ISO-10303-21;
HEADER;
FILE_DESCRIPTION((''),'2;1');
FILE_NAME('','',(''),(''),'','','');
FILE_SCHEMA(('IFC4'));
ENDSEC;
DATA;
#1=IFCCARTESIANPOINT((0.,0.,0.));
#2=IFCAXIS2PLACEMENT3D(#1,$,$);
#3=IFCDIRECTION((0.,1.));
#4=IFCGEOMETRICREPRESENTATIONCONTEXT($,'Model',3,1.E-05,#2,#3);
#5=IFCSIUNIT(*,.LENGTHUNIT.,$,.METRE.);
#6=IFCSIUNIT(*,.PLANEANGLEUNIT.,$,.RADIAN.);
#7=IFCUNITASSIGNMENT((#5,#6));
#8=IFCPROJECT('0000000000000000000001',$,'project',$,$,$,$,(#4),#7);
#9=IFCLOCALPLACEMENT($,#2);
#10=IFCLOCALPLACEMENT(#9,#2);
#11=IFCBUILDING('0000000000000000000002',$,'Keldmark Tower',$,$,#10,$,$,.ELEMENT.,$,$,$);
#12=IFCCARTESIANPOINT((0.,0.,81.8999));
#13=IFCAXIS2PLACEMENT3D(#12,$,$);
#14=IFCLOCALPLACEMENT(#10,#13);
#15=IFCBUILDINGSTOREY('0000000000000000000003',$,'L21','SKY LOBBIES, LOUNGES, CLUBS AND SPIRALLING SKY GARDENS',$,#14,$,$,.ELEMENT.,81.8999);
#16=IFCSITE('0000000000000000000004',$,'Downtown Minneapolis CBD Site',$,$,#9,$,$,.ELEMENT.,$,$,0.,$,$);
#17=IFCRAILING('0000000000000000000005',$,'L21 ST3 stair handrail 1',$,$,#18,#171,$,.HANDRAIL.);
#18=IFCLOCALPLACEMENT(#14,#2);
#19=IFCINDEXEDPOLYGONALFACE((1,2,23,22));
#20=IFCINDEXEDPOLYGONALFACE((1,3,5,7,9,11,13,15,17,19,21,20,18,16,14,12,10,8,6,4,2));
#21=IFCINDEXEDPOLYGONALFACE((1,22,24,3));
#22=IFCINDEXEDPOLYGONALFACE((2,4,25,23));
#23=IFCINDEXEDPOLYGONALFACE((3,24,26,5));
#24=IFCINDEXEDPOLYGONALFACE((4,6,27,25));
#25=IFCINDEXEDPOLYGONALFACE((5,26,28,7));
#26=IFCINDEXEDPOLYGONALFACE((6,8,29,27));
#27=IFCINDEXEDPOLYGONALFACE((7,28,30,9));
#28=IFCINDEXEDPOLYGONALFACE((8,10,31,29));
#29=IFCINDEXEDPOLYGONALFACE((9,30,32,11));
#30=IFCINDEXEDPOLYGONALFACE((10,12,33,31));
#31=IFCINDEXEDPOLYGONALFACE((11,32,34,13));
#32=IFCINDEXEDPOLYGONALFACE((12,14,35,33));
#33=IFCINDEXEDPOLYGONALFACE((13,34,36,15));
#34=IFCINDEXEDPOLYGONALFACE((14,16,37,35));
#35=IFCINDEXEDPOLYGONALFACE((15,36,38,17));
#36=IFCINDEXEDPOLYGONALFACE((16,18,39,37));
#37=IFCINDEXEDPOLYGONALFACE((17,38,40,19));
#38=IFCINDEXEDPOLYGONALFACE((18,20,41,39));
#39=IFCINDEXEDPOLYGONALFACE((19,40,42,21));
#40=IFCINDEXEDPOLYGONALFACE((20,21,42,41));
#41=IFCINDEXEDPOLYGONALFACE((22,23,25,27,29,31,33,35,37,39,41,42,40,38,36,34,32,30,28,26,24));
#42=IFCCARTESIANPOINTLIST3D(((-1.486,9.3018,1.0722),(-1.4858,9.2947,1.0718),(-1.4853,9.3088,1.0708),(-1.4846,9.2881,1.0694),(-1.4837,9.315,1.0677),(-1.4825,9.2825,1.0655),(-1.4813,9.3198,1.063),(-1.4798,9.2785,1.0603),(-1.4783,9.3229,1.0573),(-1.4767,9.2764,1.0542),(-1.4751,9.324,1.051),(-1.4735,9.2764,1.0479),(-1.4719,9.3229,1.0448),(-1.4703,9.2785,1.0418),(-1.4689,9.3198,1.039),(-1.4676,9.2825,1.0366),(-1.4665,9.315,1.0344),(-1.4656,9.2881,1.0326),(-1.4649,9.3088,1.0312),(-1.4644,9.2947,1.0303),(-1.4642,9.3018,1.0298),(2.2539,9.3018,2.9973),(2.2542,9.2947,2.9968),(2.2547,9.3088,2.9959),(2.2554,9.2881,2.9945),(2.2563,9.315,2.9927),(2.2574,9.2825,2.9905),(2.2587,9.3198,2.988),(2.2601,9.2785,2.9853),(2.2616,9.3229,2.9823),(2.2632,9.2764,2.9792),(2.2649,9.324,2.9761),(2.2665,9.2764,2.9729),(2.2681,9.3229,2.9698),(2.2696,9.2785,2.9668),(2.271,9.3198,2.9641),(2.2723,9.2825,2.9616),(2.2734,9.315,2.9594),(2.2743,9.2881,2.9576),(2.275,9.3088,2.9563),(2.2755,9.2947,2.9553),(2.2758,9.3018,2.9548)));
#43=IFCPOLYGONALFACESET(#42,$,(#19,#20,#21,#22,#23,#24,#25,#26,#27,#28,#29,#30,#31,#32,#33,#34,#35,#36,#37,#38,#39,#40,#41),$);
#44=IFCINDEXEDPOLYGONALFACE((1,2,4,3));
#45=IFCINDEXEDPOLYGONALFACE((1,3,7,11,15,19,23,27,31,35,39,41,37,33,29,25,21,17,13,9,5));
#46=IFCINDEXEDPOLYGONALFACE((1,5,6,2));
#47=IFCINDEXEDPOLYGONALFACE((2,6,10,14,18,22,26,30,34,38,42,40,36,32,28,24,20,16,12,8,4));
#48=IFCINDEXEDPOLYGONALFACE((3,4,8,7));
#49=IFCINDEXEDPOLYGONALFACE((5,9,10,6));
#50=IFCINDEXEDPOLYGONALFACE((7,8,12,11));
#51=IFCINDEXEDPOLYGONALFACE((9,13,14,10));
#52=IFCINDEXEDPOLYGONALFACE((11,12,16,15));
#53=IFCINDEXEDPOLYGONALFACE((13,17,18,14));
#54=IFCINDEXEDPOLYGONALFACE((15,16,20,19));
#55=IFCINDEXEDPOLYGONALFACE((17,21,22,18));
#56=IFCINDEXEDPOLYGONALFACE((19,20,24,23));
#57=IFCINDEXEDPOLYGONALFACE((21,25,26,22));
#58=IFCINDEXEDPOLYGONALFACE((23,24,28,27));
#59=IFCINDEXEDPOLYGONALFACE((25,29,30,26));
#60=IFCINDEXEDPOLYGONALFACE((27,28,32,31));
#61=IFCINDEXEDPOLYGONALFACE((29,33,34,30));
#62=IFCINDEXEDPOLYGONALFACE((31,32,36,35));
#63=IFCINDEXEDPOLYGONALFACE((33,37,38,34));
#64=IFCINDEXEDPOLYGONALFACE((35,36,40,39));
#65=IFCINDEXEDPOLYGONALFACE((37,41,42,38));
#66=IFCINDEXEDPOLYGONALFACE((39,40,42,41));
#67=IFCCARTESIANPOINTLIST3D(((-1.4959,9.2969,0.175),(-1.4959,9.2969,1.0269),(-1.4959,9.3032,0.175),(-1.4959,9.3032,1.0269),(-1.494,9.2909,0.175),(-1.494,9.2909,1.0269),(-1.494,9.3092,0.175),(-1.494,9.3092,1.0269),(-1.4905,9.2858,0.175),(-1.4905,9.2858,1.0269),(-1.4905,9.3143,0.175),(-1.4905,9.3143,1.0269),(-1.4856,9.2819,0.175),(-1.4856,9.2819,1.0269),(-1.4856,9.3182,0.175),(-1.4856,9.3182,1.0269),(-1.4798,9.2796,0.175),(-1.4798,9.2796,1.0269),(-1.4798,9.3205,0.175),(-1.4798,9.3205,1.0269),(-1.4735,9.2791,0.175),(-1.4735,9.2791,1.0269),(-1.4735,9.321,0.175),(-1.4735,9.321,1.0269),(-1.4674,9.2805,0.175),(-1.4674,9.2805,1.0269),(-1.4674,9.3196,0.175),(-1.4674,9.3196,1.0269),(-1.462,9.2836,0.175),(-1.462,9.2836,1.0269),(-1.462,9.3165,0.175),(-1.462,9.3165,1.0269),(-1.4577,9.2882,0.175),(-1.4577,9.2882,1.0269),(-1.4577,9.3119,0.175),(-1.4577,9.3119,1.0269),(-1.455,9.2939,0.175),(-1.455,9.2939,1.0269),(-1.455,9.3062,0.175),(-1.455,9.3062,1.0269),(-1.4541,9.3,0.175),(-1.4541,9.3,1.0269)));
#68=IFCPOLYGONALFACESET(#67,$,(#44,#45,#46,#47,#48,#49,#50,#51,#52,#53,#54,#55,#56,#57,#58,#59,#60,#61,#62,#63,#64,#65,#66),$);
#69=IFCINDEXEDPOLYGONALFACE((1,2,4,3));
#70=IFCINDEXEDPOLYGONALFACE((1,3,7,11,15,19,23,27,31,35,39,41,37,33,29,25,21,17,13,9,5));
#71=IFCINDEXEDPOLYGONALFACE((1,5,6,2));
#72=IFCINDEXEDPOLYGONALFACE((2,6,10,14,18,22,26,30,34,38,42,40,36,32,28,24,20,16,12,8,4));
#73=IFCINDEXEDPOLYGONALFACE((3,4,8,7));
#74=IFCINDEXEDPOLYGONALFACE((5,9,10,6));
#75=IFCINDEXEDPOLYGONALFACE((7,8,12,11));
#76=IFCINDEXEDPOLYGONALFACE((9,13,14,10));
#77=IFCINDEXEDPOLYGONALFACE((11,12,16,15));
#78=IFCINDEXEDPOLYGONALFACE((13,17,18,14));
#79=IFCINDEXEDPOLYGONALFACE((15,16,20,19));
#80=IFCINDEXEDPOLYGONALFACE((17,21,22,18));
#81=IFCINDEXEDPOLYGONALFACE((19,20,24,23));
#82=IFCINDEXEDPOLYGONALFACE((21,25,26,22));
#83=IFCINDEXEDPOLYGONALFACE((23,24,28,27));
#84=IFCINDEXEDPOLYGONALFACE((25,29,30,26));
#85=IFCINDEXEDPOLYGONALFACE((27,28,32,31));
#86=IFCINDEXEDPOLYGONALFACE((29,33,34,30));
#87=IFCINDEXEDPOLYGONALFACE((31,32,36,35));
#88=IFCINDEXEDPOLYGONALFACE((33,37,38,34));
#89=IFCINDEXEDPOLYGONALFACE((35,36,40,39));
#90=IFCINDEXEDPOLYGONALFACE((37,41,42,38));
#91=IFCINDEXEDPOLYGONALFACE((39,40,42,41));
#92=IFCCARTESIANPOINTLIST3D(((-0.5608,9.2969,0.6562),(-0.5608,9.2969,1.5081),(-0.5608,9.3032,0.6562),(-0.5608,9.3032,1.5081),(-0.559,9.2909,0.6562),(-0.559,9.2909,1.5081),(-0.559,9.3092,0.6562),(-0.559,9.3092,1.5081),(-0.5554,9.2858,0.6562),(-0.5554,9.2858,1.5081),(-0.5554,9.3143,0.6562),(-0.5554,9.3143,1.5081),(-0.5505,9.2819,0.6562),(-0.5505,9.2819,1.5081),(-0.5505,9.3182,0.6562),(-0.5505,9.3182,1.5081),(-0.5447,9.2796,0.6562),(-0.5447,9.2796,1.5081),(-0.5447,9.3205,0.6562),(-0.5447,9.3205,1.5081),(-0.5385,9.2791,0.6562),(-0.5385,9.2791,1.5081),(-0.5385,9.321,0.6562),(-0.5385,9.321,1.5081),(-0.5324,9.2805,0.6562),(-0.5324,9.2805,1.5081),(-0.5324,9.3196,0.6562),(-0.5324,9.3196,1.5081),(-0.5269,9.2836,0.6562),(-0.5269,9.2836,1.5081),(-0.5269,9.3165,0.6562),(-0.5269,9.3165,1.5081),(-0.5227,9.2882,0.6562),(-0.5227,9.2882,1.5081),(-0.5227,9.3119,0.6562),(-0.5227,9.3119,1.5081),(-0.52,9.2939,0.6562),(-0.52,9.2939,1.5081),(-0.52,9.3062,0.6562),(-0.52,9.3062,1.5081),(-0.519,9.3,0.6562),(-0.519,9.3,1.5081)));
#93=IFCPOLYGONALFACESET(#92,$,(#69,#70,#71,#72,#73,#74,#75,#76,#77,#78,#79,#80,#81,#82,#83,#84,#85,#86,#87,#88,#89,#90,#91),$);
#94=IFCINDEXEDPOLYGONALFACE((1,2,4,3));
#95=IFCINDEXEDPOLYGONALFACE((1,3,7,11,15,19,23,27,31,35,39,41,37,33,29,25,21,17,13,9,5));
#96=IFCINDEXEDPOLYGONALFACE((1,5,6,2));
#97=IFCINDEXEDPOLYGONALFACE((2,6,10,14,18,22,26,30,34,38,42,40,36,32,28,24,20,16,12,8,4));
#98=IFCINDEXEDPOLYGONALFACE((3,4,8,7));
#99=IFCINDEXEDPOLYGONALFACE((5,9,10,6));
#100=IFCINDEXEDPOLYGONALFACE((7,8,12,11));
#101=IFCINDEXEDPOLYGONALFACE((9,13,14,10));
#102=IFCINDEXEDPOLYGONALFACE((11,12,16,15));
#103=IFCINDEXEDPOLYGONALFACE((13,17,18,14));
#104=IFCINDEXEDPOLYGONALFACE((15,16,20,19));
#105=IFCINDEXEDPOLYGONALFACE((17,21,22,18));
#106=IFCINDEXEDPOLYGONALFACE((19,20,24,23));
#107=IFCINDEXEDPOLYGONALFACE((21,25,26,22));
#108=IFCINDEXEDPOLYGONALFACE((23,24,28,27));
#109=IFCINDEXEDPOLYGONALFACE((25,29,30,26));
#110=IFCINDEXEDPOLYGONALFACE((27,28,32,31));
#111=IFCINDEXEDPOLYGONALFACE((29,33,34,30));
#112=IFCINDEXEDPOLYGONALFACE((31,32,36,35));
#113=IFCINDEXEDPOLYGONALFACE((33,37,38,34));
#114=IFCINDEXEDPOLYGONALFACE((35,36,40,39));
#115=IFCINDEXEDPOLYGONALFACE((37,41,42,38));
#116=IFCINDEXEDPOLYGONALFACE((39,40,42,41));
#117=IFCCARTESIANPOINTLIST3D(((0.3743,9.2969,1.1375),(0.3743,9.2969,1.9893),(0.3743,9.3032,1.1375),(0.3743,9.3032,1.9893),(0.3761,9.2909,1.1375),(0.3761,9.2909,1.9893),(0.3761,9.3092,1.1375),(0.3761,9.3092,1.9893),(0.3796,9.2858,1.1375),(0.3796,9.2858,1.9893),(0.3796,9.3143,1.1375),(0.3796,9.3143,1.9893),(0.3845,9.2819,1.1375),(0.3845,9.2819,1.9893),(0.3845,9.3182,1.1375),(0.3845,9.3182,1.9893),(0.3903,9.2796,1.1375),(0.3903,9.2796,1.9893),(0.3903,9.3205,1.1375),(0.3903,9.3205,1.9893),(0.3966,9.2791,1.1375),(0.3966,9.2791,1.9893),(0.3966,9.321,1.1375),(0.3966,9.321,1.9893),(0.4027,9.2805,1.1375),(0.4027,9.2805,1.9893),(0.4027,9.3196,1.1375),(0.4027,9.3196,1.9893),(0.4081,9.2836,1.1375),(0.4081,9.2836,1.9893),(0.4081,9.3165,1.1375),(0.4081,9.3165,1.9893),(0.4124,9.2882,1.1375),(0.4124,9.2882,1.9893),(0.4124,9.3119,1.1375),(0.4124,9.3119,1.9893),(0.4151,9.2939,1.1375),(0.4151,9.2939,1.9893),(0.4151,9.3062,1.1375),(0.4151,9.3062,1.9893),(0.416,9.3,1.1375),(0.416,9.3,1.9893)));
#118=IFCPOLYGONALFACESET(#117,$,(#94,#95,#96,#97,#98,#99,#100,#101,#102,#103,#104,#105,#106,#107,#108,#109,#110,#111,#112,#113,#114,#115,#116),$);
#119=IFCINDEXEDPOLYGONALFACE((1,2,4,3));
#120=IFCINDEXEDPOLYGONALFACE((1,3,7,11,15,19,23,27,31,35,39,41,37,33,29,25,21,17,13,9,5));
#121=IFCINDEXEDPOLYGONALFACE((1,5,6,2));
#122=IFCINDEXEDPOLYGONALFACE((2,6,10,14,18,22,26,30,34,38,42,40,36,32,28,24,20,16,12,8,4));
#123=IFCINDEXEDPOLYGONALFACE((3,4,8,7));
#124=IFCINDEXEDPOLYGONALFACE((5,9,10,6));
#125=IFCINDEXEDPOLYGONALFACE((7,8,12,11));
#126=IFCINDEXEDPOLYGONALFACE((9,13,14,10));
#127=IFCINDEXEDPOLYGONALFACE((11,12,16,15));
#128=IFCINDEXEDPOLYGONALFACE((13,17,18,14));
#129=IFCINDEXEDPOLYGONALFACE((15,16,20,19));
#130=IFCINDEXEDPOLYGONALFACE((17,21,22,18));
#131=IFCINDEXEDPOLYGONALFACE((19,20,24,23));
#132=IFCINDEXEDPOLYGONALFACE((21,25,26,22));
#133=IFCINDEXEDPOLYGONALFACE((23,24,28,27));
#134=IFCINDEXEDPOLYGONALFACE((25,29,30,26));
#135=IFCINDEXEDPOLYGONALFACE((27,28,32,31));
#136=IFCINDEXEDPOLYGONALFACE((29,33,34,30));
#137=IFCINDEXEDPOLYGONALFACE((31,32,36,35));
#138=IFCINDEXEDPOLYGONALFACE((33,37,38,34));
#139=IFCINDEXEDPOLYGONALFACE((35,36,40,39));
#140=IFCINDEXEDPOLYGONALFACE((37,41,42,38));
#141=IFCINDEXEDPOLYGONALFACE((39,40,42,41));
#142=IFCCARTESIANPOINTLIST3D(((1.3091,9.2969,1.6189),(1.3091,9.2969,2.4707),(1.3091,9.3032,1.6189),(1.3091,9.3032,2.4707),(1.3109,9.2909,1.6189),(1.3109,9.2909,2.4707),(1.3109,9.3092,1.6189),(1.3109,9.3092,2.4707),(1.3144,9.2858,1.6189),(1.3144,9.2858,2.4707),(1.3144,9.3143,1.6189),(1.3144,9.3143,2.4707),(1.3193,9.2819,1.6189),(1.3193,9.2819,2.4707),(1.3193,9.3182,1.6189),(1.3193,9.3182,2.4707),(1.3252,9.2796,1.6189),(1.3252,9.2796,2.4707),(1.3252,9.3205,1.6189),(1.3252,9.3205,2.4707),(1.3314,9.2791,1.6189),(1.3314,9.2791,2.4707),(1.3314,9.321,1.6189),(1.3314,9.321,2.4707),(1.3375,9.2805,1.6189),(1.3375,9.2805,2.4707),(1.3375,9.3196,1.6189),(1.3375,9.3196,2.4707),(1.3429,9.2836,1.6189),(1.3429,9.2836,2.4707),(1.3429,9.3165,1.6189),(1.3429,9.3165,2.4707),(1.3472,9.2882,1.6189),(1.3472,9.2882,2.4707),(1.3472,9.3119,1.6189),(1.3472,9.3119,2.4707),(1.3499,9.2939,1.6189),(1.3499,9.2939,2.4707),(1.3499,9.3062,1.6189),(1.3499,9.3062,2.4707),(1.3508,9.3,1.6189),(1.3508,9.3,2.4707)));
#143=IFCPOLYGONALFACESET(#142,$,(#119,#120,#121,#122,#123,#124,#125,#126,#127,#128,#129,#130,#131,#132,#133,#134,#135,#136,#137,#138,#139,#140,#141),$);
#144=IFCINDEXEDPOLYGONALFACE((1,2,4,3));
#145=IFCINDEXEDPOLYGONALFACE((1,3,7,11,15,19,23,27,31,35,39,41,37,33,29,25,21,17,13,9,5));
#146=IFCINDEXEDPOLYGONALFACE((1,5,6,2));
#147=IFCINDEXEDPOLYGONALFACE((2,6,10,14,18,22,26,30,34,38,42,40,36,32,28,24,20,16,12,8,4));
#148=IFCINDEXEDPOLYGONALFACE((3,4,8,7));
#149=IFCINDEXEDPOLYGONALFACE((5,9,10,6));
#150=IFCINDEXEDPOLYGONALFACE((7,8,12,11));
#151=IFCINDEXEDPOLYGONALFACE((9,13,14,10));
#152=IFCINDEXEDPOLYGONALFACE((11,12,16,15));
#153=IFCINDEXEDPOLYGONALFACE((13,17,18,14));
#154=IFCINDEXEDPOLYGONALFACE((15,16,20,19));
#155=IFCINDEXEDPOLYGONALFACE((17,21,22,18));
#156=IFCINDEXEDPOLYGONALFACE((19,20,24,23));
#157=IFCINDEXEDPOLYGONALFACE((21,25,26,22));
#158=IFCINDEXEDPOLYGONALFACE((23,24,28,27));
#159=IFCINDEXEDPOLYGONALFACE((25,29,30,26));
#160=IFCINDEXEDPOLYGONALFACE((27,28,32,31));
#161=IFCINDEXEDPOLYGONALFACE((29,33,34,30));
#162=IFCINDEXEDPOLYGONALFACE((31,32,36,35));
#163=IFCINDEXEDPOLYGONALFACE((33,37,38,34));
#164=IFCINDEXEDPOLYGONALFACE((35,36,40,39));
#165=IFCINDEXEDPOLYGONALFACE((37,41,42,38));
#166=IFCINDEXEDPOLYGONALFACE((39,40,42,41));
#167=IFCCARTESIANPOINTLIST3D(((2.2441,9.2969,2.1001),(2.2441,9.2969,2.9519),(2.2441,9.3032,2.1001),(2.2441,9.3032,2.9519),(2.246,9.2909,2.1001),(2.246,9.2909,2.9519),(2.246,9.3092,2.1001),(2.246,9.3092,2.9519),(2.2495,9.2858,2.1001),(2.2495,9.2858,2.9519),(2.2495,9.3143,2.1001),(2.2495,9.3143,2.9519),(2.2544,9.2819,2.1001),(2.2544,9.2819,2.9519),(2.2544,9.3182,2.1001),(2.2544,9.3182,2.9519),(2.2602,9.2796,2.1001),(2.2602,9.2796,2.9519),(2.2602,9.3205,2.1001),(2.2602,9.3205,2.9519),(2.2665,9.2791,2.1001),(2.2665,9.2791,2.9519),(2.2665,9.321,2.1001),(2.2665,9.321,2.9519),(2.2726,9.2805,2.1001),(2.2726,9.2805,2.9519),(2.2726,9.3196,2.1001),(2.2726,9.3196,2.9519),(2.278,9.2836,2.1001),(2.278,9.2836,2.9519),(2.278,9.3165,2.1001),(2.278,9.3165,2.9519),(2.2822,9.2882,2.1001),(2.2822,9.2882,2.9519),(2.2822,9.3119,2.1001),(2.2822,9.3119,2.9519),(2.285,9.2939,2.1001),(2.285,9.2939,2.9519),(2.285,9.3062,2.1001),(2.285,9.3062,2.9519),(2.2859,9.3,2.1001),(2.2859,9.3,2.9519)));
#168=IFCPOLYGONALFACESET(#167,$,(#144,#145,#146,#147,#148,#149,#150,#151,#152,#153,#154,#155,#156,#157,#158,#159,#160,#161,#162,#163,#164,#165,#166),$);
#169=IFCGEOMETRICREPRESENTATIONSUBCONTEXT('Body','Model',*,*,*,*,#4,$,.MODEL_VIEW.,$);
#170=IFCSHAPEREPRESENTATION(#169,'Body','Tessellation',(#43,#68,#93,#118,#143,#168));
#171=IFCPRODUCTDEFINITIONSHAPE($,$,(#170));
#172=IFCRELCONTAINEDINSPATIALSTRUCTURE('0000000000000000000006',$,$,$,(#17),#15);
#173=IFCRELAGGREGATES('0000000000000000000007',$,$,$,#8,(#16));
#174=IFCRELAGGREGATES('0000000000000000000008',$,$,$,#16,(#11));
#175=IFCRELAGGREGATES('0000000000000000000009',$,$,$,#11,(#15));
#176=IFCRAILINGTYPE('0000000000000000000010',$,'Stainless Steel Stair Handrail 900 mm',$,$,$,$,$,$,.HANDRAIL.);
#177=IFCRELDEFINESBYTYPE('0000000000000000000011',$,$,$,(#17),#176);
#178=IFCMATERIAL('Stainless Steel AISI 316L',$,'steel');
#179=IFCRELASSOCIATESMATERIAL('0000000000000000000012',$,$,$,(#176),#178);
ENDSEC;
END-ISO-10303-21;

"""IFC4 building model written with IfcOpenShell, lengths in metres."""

from ifc_helpers import new_model, si_unit, direction, frame, origin, origin_2d, place, context, subcontext, project, spatial, circle, extrude, material, type_object, element, save


model = new_model("IFC4")

# Units and contexts
model_context = context("Model", 3, precision=1e-05, world=origin(), true_north=direction((0.0, 1.0)))
body_context = subcontext(model_context, "Body", "Model", "MODEL_VIEW")
ifc_project = project(units=[si_unit("LENGTHUNIT", "METRE"), si_unit("PLANEANGLEUNIT", "RADIAN")], contexts=[model_context])

# Site, building, storey
site_placement = place(None, origin())
site = spatial("IfcSite", under=ifc_project, at=site_placement, Name="Downtown Minneapolis CBD Site", CompositionType="ELEMENT", RefElevation=0.0)
building_placement = place(site_placement, origin())
building = spatial("IfcBuilding", under=site, at=building_placement, Name="Keldmark Tower", CompositionType="ELEMENT")
storey_placement = place(building_placement, frame((0.0, 0.0, 81.8999)))
storey = spatial("IfcBuildingStorey", under=building, at=storey_placement, Name="L21", Description="SKY LOBBIES, LOUNGES, CLUBS AND SPIRALLING SKY GARDENS", CompositionType="ELEMENT", Elevation=81.8999)

# Railing
ifc_material_1 = material(Name="Stainless Steel AISI 316L", Category="steel")
railing_type_1 = type_object("IfcRailingType", Name="Stainless Steel Stair Handrail 900 mm", PredefinedType="HANDRAIL", material=ifc_material_1)
railing_1_placement = place(storey_placement, frame((-1.4751, 9.3, 0.175)))
element("IfcRailing", 1, at=railing_1_placement, inside=storey, type_object=railing_type_1, Name="L21 ST3 stair handrail 1", PredefinedType="HANDRAIL", context=body_context, shape_type="SweptSolid", body=[
    extrude(circle(Radius=0.0239, at=origin_2d()), frame((0.0, 0.0, 0.876), z_axis=(0.889131, 0.0, 0.457654), x_axis=(0.0, 1.0, 0.0)), (0.0, 0.0, 1.0), 4.2063),
    extrude(circle(Radius=0.021, at=origin_2d()), origin(), (0.0, 0.0, 1.0), 0.8518),
    extrude(circle(Radius=0.021, at=origin_2d()), frame((0.9351, 0.0, 0.4812)), (0.0, 0.0, 1.0), 0.8518),
    extrude(circle(Radius=0.021, at=origin_2d()), frame((1.8701, 0.0, 0.9624)), (0.0, 0.0, 1.0), 0.8518),
    extrude(circle(Radius=0.021, at=origin_2d()), frame((2.8049, 0.0, 1.4438)), (0.0, 0.0, 1.0), 0.8518),
    extrude(circle(Radius=0.021, at=origin_2d()), frame((3.74, 0.0, 1.925)), (0.0, 0.0, 1.0), 0.8518),
])

save(model, "model.ifc")
